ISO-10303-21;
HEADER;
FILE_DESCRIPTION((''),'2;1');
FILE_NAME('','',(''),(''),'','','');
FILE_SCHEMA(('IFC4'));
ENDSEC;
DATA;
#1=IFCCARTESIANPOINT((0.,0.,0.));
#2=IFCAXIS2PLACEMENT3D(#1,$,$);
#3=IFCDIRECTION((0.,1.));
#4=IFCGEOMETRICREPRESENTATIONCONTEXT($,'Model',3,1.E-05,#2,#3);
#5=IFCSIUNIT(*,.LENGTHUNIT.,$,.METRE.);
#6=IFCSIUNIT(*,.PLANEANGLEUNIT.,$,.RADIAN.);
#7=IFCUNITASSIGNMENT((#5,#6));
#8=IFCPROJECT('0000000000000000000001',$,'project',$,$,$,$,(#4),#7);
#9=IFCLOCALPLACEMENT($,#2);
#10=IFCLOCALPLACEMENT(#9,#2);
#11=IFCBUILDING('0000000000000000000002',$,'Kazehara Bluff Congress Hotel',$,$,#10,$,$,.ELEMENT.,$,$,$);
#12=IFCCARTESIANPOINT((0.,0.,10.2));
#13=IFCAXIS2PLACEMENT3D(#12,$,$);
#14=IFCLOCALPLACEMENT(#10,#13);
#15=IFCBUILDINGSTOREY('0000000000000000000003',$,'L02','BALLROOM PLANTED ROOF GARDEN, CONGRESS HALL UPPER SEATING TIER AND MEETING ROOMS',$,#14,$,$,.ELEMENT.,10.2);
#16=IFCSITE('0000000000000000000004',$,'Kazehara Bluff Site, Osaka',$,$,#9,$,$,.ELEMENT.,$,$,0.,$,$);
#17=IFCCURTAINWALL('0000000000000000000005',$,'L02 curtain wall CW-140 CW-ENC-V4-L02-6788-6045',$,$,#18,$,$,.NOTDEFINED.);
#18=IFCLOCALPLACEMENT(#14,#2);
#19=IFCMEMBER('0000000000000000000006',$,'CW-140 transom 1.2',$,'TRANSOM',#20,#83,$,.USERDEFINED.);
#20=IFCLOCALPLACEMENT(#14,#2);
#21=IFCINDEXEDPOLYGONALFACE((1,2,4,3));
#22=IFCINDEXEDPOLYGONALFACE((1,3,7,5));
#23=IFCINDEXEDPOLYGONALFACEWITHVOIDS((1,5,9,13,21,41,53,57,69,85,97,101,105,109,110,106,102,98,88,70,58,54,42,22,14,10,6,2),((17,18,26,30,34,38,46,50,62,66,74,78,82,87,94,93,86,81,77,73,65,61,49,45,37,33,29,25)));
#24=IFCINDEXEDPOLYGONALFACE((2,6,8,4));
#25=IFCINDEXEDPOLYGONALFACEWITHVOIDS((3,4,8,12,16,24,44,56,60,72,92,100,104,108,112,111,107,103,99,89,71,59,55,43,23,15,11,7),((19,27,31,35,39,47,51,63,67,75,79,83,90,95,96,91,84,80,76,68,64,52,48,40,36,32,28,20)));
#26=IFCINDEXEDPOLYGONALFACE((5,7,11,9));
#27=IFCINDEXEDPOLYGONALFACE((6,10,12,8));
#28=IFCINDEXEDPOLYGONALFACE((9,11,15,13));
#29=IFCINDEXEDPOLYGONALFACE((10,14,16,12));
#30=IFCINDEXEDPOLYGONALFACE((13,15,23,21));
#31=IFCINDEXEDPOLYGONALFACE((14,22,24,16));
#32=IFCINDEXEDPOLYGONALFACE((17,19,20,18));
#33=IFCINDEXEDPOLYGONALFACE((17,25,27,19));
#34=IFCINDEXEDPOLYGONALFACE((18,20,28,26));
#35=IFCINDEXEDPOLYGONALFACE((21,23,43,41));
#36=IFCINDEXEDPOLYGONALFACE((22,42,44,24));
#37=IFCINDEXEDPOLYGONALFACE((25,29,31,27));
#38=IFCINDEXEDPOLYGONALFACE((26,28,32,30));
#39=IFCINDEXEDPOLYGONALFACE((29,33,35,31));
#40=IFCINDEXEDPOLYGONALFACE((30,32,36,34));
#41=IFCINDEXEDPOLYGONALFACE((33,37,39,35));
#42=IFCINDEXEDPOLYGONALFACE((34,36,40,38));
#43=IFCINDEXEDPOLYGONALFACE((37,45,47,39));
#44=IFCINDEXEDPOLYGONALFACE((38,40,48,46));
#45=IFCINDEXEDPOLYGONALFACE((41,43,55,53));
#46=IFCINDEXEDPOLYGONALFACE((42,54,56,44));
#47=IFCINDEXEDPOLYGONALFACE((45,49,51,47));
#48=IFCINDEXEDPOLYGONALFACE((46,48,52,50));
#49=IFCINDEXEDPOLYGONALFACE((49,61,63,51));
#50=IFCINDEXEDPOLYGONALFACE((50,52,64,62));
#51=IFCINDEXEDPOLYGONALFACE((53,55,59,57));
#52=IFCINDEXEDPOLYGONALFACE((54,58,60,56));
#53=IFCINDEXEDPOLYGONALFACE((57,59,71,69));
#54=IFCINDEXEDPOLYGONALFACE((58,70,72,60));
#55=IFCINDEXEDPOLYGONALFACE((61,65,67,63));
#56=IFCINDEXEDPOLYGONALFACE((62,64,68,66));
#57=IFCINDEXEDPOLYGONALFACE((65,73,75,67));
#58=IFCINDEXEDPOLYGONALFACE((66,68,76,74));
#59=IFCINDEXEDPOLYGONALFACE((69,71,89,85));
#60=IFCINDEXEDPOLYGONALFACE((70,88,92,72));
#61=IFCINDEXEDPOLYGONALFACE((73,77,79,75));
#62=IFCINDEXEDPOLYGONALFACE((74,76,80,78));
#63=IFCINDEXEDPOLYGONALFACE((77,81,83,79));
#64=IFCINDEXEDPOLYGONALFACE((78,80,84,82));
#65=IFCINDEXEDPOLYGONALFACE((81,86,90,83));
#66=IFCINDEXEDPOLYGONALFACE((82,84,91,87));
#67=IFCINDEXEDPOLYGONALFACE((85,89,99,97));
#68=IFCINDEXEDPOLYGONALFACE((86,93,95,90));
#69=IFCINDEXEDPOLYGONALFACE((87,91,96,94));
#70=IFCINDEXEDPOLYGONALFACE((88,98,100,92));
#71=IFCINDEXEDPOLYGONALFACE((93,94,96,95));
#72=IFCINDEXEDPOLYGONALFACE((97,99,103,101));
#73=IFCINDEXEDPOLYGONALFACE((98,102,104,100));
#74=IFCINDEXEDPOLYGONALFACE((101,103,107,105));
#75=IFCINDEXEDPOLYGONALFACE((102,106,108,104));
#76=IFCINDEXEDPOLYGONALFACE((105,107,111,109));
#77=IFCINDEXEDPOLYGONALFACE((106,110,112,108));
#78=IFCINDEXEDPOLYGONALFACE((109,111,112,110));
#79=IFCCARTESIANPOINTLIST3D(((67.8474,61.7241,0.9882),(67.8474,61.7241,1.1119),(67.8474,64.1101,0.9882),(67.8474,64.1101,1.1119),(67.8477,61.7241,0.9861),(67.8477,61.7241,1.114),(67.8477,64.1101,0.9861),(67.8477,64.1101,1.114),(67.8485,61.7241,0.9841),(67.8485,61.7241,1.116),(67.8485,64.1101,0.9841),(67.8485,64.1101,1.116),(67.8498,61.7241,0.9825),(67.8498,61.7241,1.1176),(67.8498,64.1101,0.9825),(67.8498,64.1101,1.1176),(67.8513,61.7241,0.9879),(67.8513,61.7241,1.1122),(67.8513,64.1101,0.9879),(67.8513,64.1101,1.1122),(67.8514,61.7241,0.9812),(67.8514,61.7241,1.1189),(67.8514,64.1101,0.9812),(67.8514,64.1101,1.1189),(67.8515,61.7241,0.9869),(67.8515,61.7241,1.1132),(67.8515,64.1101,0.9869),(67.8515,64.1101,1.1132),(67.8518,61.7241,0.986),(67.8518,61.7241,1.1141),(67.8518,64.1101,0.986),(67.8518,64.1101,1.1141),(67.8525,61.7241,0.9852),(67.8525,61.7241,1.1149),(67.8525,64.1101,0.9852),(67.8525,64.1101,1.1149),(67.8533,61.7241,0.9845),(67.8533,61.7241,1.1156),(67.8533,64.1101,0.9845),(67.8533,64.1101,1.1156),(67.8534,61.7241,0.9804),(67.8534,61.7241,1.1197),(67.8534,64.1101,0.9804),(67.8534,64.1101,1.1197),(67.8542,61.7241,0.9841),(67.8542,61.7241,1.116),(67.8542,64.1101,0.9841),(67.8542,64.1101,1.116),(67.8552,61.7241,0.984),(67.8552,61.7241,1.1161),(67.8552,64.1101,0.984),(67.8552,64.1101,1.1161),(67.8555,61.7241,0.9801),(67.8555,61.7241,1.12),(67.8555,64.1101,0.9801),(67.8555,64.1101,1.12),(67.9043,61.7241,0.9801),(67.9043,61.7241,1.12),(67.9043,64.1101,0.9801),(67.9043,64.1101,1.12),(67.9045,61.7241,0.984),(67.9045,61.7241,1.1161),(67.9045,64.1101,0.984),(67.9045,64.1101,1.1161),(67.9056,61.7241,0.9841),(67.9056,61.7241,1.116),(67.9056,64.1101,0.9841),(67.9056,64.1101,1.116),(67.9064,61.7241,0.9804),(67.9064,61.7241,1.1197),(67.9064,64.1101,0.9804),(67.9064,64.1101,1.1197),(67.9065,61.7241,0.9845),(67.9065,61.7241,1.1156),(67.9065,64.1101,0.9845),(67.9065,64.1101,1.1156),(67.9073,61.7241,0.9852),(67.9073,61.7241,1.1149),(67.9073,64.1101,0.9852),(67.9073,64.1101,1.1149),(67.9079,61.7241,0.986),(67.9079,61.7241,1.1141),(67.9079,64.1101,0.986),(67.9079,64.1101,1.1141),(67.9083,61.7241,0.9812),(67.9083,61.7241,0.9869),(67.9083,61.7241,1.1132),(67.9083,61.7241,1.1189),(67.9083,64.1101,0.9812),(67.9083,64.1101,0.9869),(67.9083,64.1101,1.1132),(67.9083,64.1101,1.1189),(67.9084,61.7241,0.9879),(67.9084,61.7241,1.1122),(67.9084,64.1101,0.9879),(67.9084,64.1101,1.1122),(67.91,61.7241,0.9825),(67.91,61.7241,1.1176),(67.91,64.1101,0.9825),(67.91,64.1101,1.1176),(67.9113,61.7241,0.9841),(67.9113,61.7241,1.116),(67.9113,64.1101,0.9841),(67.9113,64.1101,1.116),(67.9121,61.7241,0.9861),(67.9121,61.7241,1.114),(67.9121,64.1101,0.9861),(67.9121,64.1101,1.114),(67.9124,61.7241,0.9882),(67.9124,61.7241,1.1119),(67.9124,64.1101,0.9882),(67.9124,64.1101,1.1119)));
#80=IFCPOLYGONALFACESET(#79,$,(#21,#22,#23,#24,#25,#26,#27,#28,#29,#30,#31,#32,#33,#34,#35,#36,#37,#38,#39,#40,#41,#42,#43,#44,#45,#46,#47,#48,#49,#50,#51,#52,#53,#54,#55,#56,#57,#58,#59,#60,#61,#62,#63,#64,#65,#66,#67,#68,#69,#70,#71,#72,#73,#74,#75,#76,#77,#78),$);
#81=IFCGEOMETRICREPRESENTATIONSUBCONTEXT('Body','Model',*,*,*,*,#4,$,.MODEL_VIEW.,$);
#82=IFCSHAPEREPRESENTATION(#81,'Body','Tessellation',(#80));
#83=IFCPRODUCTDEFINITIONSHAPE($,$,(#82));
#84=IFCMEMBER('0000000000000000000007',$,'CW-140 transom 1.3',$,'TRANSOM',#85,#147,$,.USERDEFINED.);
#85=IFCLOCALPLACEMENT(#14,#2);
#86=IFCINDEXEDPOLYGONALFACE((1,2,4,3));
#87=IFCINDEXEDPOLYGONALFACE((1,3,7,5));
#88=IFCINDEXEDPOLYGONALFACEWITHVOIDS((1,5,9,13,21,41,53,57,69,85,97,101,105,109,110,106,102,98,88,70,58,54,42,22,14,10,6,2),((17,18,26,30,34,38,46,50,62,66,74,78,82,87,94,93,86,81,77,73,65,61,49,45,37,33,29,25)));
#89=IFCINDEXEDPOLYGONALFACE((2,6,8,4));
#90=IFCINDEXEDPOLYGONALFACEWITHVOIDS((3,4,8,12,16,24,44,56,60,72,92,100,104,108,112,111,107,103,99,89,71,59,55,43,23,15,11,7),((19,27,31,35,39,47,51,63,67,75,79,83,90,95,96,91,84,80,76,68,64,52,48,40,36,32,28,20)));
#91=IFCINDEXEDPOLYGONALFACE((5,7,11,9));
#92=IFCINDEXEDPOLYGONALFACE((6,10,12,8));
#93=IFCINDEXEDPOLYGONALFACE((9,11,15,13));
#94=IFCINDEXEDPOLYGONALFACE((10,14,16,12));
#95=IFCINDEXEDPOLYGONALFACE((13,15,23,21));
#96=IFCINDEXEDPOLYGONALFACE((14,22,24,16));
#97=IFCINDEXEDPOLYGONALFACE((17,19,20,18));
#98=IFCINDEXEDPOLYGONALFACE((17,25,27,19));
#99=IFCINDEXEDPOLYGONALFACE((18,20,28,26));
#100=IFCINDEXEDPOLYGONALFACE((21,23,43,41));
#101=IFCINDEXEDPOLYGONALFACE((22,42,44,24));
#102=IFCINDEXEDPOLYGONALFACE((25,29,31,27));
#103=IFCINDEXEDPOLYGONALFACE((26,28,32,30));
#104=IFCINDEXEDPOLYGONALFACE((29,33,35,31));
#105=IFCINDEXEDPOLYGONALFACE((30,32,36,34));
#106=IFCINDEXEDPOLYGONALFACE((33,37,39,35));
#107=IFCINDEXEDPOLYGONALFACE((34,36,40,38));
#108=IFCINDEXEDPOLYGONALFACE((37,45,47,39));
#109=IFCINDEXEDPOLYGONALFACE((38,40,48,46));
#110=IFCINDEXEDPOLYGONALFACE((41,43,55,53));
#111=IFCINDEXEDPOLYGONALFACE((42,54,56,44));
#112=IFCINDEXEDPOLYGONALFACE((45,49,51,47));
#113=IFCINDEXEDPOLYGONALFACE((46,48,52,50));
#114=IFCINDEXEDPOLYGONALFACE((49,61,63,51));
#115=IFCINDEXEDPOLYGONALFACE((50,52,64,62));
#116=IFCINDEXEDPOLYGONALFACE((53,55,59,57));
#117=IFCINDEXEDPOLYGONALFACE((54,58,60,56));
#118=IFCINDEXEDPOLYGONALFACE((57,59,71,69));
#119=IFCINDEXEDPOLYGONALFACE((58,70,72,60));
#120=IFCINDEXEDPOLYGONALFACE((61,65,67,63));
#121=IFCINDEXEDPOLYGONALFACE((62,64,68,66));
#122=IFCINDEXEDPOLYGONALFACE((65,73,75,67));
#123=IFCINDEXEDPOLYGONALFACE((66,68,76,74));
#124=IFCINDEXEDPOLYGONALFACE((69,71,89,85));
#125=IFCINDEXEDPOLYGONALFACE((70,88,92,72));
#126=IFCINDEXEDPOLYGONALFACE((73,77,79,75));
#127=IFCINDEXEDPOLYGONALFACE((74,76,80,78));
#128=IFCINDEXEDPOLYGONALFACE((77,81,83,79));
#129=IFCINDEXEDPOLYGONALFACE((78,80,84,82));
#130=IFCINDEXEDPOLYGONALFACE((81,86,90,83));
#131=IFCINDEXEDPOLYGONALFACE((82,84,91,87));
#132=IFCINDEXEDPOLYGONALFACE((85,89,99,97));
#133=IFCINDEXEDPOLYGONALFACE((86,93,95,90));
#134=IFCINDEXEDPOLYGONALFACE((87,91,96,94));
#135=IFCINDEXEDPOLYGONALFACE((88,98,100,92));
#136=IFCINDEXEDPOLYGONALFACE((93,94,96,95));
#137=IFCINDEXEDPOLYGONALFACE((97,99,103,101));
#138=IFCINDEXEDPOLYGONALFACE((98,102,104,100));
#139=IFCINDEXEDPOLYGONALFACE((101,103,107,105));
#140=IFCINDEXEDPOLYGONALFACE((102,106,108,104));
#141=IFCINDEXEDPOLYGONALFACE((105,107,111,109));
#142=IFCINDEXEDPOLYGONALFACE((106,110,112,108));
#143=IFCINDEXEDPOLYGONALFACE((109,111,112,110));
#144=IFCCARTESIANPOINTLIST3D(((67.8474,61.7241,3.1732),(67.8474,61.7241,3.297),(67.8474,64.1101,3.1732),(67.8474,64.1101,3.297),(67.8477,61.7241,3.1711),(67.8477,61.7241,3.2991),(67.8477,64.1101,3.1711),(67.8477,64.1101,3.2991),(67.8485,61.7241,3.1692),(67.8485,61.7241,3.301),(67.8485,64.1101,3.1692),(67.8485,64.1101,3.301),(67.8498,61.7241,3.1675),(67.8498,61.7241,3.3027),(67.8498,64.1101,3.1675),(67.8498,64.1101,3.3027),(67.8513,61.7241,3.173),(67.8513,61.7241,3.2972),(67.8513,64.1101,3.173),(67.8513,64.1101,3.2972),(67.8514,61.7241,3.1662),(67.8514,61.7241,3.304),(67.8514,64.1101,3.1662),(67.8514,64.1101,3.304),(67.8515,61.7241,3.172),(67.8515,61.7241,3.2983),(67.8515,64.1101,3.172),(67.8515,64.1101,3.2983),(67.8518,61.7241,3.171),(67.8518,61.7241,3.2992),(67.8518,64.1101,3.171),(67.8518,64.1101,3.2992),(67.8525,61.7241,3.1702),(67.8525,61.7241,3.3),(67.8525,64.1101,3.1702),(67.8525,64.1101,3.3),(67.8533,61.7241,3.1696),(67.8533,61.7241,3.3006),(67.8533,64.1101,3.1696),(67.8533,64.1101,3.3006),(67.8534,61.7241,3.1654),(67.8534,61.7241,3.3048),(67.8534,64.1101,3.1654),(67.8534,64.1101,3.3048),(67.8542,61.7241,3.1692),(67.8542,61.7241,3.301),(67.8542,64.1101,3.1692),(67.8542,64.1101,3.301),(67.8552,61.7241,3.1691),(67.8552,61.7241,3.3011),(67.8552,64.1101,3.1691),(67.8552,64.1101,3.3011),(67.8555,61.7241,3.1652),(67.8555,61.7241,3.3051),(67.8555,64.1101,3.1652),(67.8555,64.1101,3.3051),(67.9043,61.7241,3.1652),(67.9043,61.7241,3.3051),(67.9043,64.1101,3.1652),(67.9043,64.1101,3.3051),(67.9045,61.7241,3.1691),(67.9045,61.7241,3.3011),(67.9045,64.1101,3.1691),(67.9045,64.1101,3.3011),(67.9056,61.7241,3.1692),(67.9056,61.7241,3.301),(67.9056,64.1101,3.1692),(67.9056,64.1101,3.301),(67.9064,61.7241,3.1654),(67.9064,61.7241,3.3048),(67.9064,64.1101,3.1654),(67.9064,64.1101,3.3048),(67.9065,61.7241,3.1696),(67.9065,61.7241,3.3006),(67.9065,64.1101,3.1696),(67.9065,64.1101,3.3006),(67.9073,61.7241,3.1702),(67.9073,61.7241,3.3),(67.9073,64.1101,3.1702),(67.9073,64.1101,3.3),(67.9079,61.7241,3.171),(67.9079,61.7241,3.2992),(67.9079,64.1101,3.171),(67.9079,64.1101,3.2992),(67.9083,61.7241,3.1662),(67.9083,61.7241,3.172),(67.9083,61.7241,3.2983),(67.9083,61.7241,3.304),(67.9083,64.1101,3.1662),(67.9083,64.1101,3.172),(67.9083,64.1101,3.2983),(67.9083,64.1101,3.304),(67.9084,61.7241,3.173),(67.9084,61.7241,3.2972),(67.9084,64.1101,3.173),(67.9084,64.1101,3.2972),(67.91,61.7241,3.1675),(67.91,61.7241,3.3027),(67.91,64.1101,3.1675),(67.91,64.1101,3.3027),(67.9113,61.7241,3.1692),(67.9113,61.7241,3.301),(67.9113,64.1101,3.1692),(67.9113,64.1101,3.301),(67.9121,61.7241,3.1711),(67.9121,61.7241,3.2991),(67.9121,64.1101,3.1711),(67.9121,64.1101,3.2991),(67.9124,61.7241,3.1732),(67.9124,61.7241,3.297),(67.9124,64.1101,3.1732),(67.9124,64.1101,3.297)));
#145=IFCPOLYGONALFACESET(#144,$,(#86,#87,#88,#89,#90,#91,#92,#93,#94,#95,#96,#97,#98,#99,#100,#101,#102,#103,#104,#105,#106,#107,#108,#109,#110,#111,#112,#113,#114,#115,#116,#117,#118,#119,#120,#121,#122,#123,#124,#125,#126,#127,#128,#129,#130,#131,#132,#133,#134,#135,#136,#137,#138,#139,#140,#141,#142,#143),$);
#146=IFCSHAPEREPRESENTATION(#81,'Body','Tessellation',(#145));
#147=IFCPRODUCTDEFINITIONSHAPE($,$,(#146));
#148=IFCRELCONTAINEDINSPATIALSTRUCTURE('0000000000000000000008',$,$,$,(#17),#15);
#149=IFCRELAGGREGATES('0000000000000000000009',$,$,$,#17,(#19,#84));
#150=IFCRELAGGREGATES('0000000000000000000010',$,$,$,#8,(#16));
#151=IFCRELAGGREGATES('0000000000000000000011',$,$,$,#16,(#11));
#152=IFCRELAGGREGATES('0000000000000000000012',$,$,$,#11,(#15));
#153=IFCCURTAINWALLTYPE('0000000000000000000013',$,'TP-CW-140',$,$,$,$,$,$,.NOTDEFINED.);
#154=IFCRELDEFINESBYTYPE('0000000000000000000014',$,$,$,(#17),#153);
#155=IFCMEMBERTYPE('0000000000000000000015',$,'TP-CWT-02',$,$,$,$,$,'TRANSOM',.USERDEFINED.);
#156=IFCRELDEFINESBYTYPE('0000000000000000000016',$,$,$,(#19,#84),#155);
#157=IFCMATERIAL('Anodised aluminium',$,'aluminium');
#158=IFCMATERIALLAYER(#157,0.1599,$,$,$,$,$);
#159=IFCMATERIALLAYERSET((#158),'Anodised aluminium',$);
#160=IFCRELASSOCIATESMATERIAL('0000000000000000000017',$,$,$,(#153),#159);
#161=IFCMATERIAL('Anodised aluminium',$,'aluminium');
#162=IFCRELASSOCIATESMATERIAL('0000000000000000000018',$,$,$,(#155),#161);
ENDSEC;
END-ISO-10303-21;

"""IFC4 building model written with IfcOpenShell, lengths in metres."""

from ifc_helpers import new_model, si_unit, direction, frame, origin, origin_2d, place, context, subcontext, project, spatial, hollow_rectangle, extrude, material, layer, layer_set, material_profile, profile_set, type_object, element, aggregate, save


model = new_model("IFC4")

# Units and contexts
model_context = context("Model", 3, precision=1e-05, world=origin(), true_north=direction((0.0, 1.0)))
body_context = subcontext(model_context, "Body", "Model", "MODEL_VIEW")
ifc_project = project(units=[si_unit("LENGTHUNIT", "METRE"), si_unit("PLANEANGLEUNIT", "RADIAN")], contexts=[model_context])

# Site, building, storey
site_placement = place(None, origin())
site = spatial("IfcSite", under=ifc_project, at=site_placement, Name="Kazehara Bluff Site, Osaka", CompositionType="ELEMENT", RefElevation=0.0)
building_placement = place(site_placement, origin())
building = spatial("IfcBuilding", under=site, at=building_placement, Name="Kazehara Bluff Congress Hotel", CompositionType="ELEMENT")
storey_placement = place(building_placement, frame((0.0, 0.0, 10.2)))
storey = spatial("IfcBuildingStorey", under=building, at=storey_placement, Name="L02", Description="BALLROOM PLANTED ROOF GARDEN, CONGRESS HALL UPPER SEATING TIER AND MEETING ROOMS", CompositionType="ELEMENT", Elevation=10.2)

# Curtain wall, members
ifc_material_1 = material(Name="Anodised aluminium", Category="aluminium")
ifc_layer_1 = layer(ifc_material_1, 0.1599)
ifc_layer_set_1 = layer_set([ifc_layer_1], Name="Anodised aluminium")
curtain_wall_type = type_object("IfcCurtainWallType", Name="TP-CW-140", PredefinedType="NOTDEFINED", material=ifc_layer_set_1)
curtain_wall_placement = place(storey_placement, origin())
curtain_wall = element("IfcCurtainWall", 1, at=curtain_wall_placement, inside=storey, type_object=curtain_wall_type, Name="L02 curtain wall CW-140 CW-ENC-V4-L02-6788-6045", PredefinedType="NOTDEFINED")
ifc_material_2 = material(Name="Anodised aluminium", Category="aluminium")
ifc_material_profile_1 = material_profile(ifc_material_2, hollow_rectangle(XDim=0.0649, YDim=0.1399, WallThickness=0.0039, InnerFilletRadius=0.0039, OuterFilletRadius=0.0081, at=origin_2d()))
ifc_profile_set_1 = profile_set([ifc_material_profile_1], Name="Anodised aluminium")
member_type_1 = type_object("IfcMemberType", Name="TP-CWT-02", ElementType="TRANSOM", PredefinedType="USERDEFINED", material=ifc_profile_set_1)
member_1_placement = place(storey_placement, frame((67.8799, 64.1101, 1.05), z_axis=(0.0, -1.0, 0.0), x_axis=(1.0, 0.0, 0.0)))
member_1 = element("IfcMember", 2, at=member_1_placement, type_object=member_type_1, Name="CW-140 transom 1.2", ObjectType="TRANSOM", PredefinedType="USERDEFINED", context=body_context, shape_type="SweptSolid", body=[
    extrude(hollow_rectangle(XDim=0.0649, YDim=0.1399, WallThickness=0.0039, InnerFilletRadius=0.0039, OuterFilletRadius=0.0081, at=origin_2d()), origin(), (0.0, 0.0, 1.0), 2.386),
])
member_2_placement = place(storey_placement, frame((67.8799, 64.1101, 3.2351), z_axis=(0.0, -1.0, 0.0), x_axis=(1.0, 0.0, 0.0)))
member_2 = element("IfcMember", 3, at=member_2_placement, type_object=member_type_1, Name="CW-140 transom 1.3", ObjectType="TRANSOM", PredefinedType="USERDEFINED", context=body_context, shape_type="SweptSolid", body=[
    extrude(hollow_rectangle(XDim=0.0649, YDim=0.1399, WallThickness=0.0039, InnerFilletRadius=0.0039, OuterFilletRadius=0.0081, at=origin_2d()), origin(), (0.0, 0.0, 1.0), 2.386),
])

aggregate(curtain_wall, [member_1, member_2])

save(model, "model.ifc")
